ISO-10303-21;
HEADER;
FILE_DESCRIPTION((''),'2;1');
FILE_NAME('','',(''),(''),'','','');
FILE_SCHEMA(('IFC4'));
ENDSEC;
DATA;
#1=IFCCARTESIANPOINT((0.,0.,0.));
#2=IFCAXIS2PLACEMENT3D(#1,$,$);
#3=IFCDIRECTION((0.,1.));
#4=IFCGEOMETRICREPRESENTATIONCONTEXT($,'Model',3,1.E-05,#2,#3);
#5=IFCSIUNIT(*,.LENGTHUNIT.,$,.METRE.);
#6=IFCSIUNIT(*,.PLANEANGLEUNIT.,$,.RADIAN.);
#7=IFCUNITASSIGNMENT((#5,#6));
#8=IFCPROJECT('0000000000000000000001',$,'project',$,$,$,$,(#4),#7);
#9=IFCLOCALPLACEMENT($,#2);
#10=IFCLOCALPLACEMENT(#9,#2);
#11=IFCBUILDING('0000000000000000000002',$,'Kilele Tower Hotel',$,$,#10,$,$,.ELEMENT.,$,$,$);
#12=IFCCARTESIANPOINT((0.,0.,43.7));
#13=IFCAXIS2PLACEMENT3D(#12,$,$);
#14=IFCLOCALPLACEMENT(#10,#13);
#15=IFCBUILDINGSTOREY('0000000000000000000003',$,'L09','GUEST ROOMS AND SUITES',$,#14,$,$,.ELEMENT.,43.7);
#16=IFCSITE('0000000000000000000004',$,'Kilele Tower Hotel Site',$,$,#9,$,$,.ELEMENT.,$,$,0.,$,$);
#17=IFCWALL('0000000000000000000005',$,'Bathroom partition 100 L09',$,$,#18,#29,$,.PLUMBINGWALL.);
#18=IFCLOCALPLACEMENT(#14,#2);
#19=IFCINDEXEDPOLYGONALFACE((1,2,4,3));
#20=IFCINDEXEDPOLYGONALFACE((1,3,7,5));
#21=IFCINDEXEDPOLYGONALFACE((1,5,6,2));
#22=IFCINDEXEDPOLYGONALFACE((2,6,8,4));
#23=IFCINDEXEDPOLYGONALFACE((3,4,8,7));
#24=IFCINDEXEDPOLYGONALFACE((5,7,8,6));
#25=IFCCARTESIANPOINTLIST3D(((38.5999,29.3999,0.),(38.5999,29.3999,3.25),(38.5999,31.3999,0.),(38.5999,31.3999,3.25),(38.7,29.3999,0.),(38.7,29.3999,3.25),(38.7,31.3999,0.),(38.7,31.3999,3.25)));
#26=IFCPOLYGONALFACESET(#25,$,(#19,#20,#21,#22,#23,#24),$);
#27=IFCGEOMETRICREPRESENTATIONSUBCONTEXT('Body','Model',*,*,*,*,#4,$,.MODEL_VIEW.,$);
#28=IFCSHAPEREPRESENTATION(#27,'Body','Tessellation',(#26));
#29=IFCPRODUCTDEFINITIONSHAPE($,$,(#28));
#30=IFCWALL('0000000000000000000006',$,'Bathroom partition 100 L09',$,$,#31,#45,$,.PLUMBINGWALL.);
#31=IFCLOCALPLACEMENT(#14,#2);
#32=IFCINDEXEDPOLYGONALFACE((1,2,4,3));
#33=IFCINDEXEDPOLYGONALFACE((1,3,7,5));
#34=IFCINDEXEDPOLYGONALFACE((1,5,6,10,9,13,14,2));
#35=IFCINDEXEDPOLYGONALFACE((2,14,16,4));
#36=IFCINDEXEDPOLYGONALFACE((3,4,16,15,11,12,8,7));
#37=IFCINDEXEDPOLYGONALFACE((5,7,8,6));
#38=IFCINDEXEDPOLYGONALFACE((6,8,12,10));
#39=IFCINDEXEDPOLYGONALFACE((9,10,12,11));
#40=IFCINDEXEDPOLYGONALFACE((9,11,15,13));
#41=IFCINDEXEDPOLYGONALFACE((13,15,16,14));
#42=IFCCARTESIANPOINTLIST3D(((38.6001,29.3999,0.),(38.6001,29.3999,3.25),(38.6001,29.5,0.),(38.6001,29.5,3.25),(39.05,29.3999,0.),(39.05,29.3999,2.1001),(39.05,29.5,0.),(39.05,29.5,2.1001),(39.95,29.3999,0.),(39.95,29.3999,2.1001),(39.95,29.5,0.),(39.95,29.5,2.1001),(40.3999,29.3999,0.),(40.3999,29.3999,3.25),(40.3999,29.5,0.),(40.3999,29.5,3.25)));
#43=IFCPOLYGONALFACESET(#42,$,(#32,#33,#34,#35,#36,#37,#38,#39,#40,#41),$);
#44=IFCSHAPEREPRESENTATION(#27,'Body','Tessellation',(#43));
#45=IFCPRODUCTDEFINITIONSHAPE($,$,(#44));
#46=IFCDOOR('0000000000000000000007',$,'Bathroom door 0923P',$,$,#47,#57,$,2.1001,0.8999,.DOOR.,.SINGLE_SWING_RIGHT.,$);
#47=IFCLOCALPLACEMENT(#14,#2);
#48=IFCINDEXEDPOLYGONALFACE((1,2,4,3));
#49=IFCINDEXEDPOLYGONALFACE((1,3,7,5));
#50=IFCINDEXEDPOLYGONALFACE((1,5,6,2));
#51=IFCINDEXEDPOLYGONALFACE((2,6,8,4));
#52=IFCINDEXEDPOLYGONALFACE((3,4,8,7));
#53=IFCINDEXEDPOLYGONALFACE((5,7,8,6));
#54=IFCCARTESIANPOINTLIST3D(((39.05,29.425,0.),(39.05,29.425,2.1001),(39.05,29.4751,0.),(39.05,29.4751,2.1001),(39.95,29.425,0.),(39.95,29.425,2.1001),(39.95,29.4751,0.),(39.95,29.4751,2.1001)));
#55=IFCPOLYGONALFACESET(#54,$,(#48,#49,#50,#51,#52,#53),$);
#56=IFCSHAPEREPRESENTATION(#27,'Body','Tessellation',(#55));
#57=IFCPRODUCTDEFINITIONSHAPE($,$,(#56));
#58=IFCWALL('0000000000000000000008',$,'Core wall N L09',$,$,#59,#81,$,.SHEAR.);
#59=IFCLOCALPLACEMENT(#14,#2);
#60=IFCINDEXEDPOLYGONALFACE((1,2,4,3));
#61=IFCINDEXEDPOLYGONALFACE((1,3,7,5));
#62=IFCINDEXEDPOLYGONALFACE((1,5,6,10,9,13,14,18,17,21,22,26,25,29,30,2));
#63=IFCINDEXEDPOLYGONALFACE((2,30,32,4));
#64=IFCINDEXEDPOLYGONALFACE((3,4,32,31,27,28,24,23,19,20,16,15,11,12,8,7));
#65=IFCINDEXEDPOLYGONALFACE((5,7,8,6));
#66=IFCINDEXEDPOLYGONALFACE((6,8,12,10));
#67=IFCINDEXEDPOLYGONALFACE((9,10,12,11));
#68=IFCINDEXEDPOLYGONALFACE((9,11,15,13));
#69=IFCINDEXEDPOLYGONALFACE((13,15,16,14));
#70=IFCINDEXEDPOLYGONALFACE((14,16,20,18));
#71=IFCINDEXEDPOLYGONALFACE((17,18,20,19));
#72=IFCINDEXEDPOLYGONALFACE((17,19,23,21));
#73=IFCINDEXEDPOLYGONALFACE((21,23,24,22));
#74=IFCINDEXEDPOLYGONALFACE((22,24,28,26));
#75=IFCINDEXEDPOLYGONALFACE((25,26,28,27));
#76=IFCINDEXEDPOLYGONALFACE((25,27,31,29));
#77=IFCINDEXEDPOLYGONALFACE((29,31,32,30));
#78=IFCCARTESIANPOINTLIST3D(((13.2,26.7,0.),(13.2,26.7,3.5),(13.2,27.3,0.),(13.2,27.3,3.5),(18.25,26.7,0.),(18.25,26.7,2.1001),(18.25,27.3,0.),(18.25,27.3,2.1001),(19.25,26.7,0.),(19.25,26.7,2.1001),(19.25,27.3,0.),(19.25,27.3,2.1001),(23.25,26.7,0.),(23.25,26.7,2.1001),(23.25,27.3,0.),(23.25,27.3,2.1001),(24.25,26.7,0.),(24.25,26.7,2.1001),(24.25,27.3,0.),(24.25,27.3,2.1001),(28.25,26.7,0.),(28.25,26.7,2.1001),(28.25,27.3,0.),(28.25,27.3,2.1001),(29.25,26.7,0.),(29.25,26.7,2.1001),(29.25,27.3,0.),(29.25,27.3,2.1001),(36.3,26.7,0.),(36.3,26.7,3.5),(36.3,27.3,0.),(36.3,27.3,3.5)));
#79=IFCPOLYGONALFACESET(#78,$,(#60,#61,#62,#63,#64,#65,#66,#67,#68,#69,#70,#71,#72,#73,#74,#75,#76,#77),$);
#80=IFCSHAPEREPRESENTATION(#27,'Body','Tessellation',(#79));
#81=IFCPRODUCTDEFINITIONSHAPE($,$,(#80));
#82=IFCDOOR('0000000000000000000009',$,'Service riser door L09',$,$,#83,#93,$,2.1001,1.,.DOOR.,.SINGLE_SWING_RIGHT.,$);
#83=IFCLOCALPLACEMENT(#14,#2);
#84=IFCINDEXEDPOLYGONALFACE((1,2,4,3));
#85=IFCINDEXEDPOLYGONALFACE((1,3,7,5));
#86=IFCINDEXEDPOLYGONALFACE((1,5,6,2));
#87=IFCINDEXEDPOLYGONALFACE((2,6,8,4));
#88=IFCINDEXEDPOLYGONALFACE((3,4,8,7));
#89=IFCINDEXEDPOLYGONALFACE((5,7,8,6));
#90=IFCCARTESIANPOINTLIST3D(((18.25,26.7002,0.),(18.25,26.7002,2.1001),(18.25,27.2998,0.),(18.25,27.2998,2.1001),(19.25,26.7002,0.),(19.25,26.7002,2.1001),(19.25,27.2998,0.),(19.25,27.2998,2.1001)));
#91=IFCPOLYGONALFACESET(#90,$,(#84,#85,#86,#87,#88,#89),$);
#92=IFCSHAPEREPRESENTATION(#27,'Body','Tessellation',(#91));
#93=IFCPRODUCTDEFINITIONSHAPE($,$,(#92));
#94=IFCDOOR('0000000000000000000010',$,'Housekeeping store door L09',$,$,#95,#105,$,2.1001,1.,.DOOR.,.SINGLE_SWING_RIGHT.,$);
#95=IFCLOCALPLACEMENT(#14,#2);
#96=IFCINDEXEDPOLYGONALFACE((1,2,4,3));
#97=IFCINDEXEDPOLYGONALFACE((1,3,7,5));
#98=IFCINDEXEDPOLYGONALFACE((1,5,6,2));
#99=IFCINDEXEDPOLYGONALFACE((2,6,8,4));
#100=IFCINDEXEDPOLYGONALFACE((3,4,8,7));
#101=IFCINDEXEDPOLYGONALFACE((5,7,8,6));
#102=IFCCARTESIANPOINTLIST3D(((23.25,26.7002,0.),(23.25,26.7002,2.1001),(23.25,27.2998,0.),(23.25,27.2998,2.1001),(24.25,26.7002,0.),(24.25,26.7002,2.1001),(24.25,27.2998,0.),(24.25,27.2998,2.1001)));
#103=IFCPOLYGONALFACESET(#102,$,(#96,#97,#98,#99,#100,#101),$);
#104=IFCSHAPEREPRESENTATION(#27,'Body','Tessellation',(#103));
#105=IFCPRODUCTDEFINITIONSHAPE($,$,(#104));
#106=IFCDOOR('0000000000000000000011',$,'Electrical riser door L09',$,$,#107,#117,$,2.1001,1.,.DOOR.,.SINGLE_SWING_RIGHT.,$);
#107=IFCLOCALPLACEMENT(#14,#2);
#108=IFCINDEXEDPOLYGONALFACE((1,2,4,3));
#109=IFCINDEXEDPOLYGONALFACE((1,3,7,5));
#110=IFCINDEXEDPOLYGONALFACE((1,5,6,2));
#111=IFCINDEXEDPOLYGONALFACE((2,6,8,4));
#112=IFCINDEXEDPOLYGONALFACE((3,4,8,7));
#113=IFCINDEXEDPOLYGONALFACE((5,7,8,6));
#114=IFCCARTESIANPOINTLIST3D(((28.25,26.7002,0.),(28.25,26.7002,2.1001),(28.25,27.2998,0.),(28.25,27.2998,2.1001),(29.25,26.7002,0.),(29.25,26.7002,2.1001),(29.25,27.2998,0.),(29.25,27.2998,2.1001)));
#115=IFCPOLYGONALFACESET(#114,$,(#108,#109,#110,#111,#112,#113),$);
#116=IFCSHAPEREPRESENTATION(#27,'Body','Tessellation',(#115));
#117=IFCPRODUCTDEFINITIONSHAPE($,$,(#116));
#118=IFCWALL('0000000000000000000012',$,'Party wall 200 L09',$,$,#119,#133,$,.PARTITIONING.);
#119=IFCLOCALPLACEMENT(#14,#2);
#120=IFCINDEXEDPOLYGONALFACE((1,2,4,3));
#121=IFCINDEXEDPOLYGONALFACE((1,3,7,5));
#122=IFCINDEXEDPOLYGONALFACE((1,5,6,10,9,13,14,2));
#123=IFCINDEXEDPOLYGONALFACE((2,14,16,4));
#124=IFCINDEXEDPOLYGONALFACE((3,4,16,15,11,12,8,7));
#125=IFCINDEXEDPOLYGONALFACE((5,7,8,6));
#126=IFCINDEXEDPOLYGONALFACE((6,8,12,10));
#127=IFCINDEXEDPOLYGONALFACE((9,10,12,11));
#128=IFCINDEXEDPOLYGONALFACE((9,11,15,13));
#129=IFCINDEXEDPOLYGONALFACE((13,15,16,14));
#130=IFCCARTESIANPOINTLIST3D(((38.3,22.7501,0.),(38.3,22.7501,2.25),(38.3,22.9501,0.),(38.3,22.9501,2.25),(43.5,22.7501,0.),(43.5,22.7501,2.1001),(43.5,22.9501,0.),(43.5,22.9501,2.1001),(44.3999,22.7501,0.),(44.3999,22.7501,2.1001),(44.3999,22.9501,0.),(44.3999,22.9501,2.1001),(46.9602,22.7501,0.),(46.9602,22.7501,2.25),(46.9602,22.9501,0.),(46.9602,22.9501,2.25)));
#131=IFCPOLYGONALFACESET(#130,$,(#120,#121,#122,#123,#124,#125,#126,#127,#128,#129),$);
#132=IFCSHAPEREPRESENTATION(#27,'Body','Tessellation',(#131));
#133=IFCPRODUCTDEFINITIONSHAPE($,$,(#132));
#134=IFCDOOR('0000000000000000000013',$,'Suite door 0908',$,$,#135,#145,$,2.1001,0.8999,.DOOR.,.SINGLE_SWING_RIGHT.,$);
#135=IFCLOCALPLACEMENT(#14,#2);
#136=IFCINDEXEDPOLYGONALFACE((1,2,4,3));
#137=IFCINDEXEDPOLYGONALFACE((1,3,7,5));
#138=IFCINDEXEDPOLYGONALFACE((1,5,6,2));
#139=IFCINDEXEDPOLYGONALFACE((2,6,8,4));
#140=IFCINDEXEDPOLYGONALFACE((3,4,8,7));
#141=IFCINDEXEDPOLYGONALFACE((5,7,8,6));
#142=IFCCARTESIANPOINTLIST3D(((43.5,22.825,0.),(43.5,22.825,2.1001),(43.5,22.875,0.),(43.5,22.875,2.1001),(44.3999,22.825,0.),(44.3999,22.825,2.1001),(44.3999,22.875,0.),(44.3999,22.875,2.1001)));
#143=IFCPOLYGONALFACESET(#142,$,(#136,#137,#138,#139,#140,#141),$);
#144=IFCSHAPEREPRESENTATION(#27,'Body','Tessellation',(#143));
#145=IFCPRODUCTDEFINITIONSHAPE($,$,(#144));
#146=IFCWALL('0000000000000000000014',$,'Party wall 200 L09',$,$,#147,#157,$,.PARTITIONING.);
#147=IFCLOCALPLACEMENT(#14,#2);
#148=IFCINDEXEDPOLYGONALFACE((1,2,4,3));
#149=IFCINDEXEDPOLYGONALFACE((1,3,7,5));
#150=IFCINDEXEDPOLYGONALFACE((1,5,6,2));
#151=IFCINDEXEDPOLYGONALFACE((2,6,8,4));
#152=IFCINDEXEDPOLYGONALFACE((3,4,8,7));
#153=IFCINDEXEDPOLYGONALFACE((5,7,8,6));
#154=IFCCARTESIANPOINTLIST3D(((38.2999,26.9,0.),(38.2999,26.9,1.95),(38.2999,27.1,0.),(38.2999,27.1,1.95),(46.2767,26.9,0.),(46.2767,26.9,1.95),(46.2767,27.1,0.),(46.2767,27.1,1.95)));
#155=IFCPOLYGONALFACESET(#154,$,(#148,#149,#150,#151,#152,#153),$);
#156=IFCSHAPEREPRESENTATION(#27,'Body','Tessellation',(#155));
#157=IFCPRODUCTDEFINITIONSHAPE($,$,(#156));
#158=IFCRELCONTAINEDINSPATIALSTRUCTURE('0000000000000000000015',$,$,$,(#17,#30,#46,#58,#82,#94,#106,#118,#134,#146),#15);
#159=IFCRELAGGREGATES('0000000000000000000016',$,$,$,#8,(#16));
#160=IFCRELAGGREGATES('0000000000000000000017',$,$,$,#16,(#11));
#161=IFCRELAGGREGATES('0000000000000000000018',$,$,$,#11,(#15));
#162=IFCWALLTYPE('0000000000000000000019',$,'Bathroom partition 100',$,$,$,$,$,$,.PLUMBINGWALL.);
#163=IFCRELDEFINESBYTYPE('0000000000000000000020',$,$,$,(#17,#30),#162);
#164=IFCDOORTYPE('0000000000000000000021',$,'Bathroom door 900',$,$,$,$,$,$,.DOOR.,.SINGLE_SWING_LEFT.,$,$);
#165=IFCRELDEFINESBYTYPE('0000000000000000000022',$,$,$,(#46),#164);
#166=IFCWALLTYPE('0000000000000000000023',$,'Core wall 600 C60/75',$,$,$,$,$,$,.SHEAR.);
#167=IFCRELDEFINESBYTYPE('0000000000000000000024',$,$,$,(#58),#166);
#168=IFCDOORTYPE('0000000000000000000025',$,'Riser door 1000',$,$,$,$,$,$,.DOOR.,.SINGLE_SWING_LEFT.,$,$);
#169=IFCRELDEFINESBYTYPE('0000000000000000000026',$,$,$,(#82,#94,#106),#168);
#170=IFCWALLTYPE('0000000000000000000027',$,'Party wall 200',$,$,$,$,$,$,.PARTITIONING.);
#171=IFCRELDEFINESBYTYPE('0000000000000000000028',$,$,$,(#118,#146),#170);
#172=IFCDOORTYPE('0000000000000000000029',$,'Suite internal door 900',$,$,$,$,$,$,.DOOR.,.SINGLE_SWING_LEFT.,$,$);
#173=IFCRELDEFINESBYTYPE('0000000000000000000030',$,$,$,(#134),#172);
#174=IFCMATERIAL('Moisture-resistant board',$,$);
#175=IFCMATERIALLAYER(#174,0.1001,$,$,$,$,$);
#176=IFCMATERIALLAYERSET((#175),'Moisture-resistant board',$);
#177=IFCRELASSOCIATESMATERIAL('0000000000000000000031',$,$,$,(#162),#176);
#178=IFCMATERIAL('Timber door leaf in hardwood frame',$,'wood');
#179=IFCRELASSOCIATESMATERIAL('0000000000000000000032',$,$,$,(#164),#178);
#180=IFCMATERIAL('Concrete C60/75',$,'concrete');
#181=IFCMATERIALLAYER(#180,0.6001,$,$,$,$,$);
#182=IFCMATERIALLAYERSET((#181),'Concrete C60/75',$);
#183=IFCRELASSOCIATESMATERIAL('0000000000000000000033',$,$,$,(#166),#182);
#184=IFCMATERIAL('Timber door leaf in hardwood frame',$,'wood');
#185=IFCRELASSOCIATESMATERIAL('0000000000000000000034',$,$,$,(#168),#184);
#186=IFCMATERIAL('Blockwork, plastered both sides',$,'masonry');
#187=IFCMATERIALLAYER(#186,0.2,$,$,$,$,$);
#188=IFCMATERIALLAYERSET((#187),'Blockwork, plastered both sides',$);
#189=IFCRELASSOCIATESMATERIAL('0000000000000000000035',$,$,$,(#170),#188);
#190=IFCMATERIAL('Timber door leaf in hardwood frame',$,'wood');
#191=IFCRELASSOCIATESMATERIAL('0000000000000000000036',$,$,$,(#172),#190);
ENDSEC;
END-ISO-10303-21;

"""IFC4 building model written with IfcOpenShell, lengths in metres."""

from ifc_helpers import new_model, si_unit, direction, frame, frame_2d, origin, place, context, subcontext, project, spatial, rectangle, extrude, material, layer, layer_set, type_object, element, fill, save


model = new_model("IFC4")

# Units and contexts
model_context = context("Model", 3, precision=1e-05, world=origin(), true_north=direction((0.0, 1.0)))
body_context = subcontext(model_context, "Body", "Model", "MODEL_VIEW")
ifc_project = project(units=[si_unit("LENGTHUNIT", "METRE"), si_unit("PLANEANGLEUNIT", "RADIAN")], contexts=[model_context])

# Site, building, storey
site_placement = place(None, origin())
site = spatial("IfcSite", under=ifc_project, at=site_placement, Name="Kilele Tower Hotel Site", CompositionType="ELEMENT", RefElevation=0.0)
building_placement = place(site_placement, origin())
building = spatial("IfcBuilding", under=site, at=building_placement, Name="Kilele Tower Hotel", CompositionType="ELEMENT")
storey_placement = place(building_placement, frame((0.0, 0.0, 43.7)))
storey = spatial("IfcBuildingStorey", under=building, at=storey_placement, Name="L09", Description="GUEST ROOMS AND SUITES", CompositionType="ELEMENT", Elevation=43.7)

# Shared definitions
ifc_material_1 = material(Name="Moisture-resistant board")
ifc_layer_1 = layer(ifc_material_1, 0.1001)
ifc_layer_set_1 = layer_set([ifc_layer_1], Name="Moisture-resistant board")
wall_type_1 = type_object("IfcWallType", Name="Bathroom partition 100", PredefinedType="PLUMBINGWALL", material=ifc_layer_set_1)
ifc_material_2 = material(Name="Timber door leaf in hardwood frame", Category="wood")
door_type_1 = type_object("IfcDoorType", Name="Bathroom door 900", OperationType="SINGLE_SWING_LEFT", PredefinedType="DOOR", material=ifc_material_2)

# Wall
wall_1_placement = place(storey_placement, frame((38.6499, 31.3999, 0.0), z_axis=(0.0, 0.0, 1.0), x_axis=(0.0, -1.0, 0.0)))
element("IfcWall", 1, at=wall_1_placement, inside=storey, type_object=wall_type_1, Name="Bathroom partition 100 L09", PredefinedType="PLUMBINGWALL", context=body_context, shape_type="SweptSolid", body=[
    extrude(rectangle(XDim=2.0, YDim=0.1001, at=frame_2d((1.0, 0.0))), origin(), (0.0, 0.0, 1.0), 3.25),
])

# Wall, opening, door
wall_2_placement = place(storey_placement, frame((38.6001, 29.45, 0.0), z_axis=(0.0, 0.0, 1.0), x_axis=(1.0, 0.0, 0.0)))
wall_2 = element("IfcWall", 2, at=wall_2_placement, inside=storey, type_object=wall_type_1, Name="Bathroom partition 100 L09", PredefinedType="PLUMBINGWALL", context=body_context, shape_type="SweptSolid", body=[
    extrude(rectangle(XDim=1.7998, YDim=0.1001, at=frame_2d((0.8999, 0.0))), origin(), (0.0, 0.0, 1.0), 3.25),
])
opening_1_placement = place(wall_2_placement, frame((1.3499, 0.0, 0.0), z_axis=(0.0, 0.0, 1.0), x_axis=(-1.0, 0.0, 0.0)))
opening_1 = element("IfcOpeningElement", 3, at=opening_1_placement, cuts=wall_2, PredefinedType="OPENING", context=body_context, shape_type="SweptSolid", body=[
    extrude(rectangle(XDim=0.8999, YDim=2.1001, at=frame_2d((0.45, 1.05))), frame((0.0, 0.0601, 0.0), z_axis=(0.0, -1.0, 0.0), x_axis=(1.0, 0.0, 0.0)), (0.0, 0.0, 1.0), 0.1201),
])
door_1_placement = place(opening_1_placement, origin())
door_1 = element("IfcDoor", 4, at=door_1_placement, inside=storey, type_object=door_type_1, Name="Bathroom door 0923P", OperationType="SINGLE_SWING_RIGHT", OverallHeight=2.1001, OverallWidth=0.8999, PredefinedType="DOOR", context=body_context, shape_type="SweptSolid", body=[
    extrude(rectangle(XDim=0.8999, YDim=2.1001, at=frame_2d((0.45, 1.05))), frame((0.0, 0.0249, 0.0), z_axis=(0.0, -1.0, 0.0), x_axis=(1.0, 0.0, 0.0)), (0.0, 0.0, 1.0), 0.05),
])
fill(opening_1, door_1)

# Wall, openings, doors
ifc_material_3 = material(Name="Concrete C60/75", Category="concrete")
ifc_layer_2 = layer(ifc_material_3, 0.6001)
ifc_layer_set_2 = layer_set([ifc_layer_2], Name="Concrete C60/75")
wall_type_2 = type_object("IfcWallType", Name="Core wall 600 C60/75", PredefinedType="SHEAR", material=ifc_layer_set_2)
wall_3_placement = place(storey_placement, frame((36.3, 27.0, 0.0), z_axis=(0.0, 0.0, 1.0), x_axis=(-1.0, 0.0, 0.0)))
wall_3 = element("IfcWall", 5, at=wall_3_placement, inside=storey, type_object=wall_type_2, Name="Core wall N L09", PredefinedType="SHEAR", context=body_context, shape_type="SweptSolid", body=[
    extrude(rectangle(XDim=23.1001, YDim=0.6001, at=frame_2d((11.55, 0.0))), origin(), (0.0, 0.0, 1.0), 3.5),
])
opening_2_placement = place(wall_3_placement, frame((17.05, 0.0, 0.0)))
opening_2 = element("IfcOpeningElement", 6, at=opening_2_placement, cuts=wall_3, PredefinedType="OPENING", context=body_context, shape_type="SweptSolid", body=[
    extrude(rectangle(XDim=1.0, YDim=2.1001, at=frame_2d((0.5, 1.05))), frame((0.0, 0.3101, 0.0), z_axis=(0.0, -1.0, 0.0), x_axis=(1.0, 0.0, 0.0)), (0.0, 0.0, 1.0), 0.6201),
])
opening_3_placement = place(wall_3_placement, frame((12.05, 0.0, 0.0)))
opening_3 = element("IfcOpeningElement", 7, at=opening_3_placement, cuts=wall_3, PredefinedType="OPENING", context=body_context, shape_type="SweptSolid", body=[
    extrude(rectangle(XDim=1.0, YDim=2.1001, at=frame_2d((0.5, 1.05))), frame((0.0, 0.3101, 0.0), z_axis=(0.0, -1.0, 0.0), x_axis=(1.0, 0.0, 0.0)), (0.0, 0.0, 1.0), 0.6201),
])
opening_4_placement = place(wall_3_placement, frame((7.05, 0.0, 0.0)))
opening_4 = element("IfcOpeningElement", 8, at=opening_4_placement, cuts=wall_3, PredefinedType="OPENING", context=body_context, shape_type="SweptSolid", body=[
    extrude(rectangle(XDim=1.0, YDim=2.1001, at=frame_2d((0.5, 1.05))), frame((0.0, 0.3101, 0.0), z_axis=(0.0, -1.0, 0.0), x_axis=(1.0, 0.0, 0.0)), (0.0, 0.0, 1.0), 0.6201),
])
ifc_material_4 = material(Name="Timber door leaf in hardwood frame", Category="wood")
door_type_2 = type_object("IfcDoorType", Name="Riser door 1000", OperationType="SINGLE_SWING_LEFT", PredefinedType="DOOR", material=ifc_material_4)
door_2_placement = place(opening_2_placement, origin())
door_2 = element("IfcDoor", 9, at=door_2_placement, inside=storey, type_object=door_type_2, Name="Service riser door L09", OperationType="SINGLE_SWING_RIGHT", OverallHeight=2.1001, OverallWidth=1.0, PredefinedType="DOOR", context=body_context, shape_type="SweptSolid", body=[
    extrude(rectangle(XDim=1.0, YDim=2.1001, at=frame_2d((0.5, 1.05))), frame((0.0, 0.2998, 0.0), z_axis=(0.0, -1.0, 0.0), x_axis=(1.0, 0.0, 0.0)), (0.0, 0.0, 1.0), 0.5996),
])
fill(opening_2, door_2)
door_3_placement = place(opening_3_placement, origin())
door_3 = element("IfcDoor", 10, at=door_3_placement, inside=storey, type_object=door_type_2, Name="Housekeeping store door L09", OperationType="SINGLE_SWING_RIGHT", OverallHeight=2.1001, OverallWidth=1.0, PredefinedType="DOOR", context=body_context, shape_type="SweptSolid", body=[
    extrude(rectangle(XDim=1.0, YDim=2.1001, at=frame_2d((0.5, 1.05))), frame((0.0, 0.2998, 0.0), z_axis=(0.0, -1.0, 0.0), x_axis=(1.0, 0.0, 0.0)), (0.0, 0.0, 1.0), 0.5996),
])
fill(opening_3, door_3)
door_4_placement = place(opening_4_placement, origin())
door_4 = element("IfcDoor", 11, at=door_4_placement, inside=storey, type_object=door_type_2, Name="Electrical riser door L09", OperationType="SINGLE_SWING_RIGHT", OverallHeight=2.1001, OverallWidth=1.0, PredefinedType="DOOR", context=body_context, shape_type="SweptSolid", body=[
    extrude(rectangle(XDim=1.0, YDim=2.1001, at=frame_2d((0.5, 1.05))), frame((0.0, 0.2998, 0.0), z_axis=(0.0, -1.0, 0.0), x_axis=(1.0, 0.0, 0.0)), (0.0, 0.0, 1.0), 0.5996),
])
fill(opening_4, door_4)

# Wall, opening, door
ifc_material_5 = material(Name="Blockwork, plastered both sides", Category="masonry")
ifc_layer_3 = layer(ifc_material_5, 0.2)
ifc_layer_set_3 = layer_set([ifc_layer_3], Name="Blockwork, plastered both sides")
wall_type_3 = type_object("IfcWallType", Name="Party wall 200", PredefinedType="PARTITIONING", material=ifc_layer_set_3)
wall_4_placement = place(storey_placement, frame((38.3, 22.8501, 0.0), z_axis=(0.0, 0.0, 1.0), x_axis=(1.0, 0.0, 0.0)))
wall_4 = element("IfcWall", 12, at=wall_4_placement, inside=storey, type_object=wall_type_3, Name="Party wall 200 L09", PredefinedType="PARTITIONING", context=body_context, shape_type="SweptSolid", body=[
    extrude(rectangle(XDim=8.6602, YDim=0.2, at=frame_2d((4.3301, 0.0))), origin(), (0.0, 0.0, 1.0), 2.25),
])
opening_5_placement = place(wall_4_placement, frame((5.2, 0.0, 0.0)))
opening_5 = element("IfcOpeningElement", 13, at=opening_5_placement, cuts=wall_4, PredefinedType="OPENING", context=body_context, shape_type="SweptSolid", body=[
    extrude(rectangle(XDim=0.8999, YDim=2.1001, at=frame_2d((0.45, 1.05))), frame((0.0, 0.1099, 0.0), z_axis=(0.0, -1.0, 0.0), x_axis=(1.0, 0.0, 0.0)), (0.0, 0.0, 1.0), 0.22),
])
ifc_material_6 = material(Name="Timber door leaf in hardwood frame", Category="wood")
door_type_3 = type_object("IfcDoorType", Name="Suite internal door 900", OperationType="SINGLE_SWING_LEFT", PredefinedType="DOOR", material=ifc_material_6)
door_5_placement = place(opening_5_placement, origin())
door_5 = element("IfcDoor", 14, at=door_5_placement, inside=storey, type_object=door_type_3, Name="Suite door 0908", OperationType="SINGLE_SWING_RIGHT", OverallHeight=2.1001, OverallWidth=0.8999, PredefinedType="DOOR", context=body_context, shape_type="SweptSolid", body=[
    extrude(rectangle(XDim=0.8999, YDim=2.1001, at=frame_2d((0.45, 1.05))), frame((0.0, 0.0249, 0.0), z_axis=(0.0, -1.0, 0.0), x_axis=(1.0, 0.0, 0.0)), (0.0, 0.0, 1.0), 0.05),
])
fill(opening_5, door_5)

# Wall
wall_5_placement = place(storey_placement, frame((38.3, 27.0, 0.0), z_axis=(0.0, 0.0, 1.0), x_axis=(1.0, 0.0, 0.0)))
element("IfcWall", 15, at=wall_5_placement, inside=storey, type_object=wall_type_3, Name="Party wall 200 L09", PredefinedType="PARTITIONING", context=body_context, shape_type="SweptSolid", body=[
    extrude(rectangle(XDim=7.9768, YDim=0.2, at=frame_2d((3.9883, 0.0))), origin(), (0.0, 0.0, 1.0), 1.95),
])

save(model, "model.ifc")
